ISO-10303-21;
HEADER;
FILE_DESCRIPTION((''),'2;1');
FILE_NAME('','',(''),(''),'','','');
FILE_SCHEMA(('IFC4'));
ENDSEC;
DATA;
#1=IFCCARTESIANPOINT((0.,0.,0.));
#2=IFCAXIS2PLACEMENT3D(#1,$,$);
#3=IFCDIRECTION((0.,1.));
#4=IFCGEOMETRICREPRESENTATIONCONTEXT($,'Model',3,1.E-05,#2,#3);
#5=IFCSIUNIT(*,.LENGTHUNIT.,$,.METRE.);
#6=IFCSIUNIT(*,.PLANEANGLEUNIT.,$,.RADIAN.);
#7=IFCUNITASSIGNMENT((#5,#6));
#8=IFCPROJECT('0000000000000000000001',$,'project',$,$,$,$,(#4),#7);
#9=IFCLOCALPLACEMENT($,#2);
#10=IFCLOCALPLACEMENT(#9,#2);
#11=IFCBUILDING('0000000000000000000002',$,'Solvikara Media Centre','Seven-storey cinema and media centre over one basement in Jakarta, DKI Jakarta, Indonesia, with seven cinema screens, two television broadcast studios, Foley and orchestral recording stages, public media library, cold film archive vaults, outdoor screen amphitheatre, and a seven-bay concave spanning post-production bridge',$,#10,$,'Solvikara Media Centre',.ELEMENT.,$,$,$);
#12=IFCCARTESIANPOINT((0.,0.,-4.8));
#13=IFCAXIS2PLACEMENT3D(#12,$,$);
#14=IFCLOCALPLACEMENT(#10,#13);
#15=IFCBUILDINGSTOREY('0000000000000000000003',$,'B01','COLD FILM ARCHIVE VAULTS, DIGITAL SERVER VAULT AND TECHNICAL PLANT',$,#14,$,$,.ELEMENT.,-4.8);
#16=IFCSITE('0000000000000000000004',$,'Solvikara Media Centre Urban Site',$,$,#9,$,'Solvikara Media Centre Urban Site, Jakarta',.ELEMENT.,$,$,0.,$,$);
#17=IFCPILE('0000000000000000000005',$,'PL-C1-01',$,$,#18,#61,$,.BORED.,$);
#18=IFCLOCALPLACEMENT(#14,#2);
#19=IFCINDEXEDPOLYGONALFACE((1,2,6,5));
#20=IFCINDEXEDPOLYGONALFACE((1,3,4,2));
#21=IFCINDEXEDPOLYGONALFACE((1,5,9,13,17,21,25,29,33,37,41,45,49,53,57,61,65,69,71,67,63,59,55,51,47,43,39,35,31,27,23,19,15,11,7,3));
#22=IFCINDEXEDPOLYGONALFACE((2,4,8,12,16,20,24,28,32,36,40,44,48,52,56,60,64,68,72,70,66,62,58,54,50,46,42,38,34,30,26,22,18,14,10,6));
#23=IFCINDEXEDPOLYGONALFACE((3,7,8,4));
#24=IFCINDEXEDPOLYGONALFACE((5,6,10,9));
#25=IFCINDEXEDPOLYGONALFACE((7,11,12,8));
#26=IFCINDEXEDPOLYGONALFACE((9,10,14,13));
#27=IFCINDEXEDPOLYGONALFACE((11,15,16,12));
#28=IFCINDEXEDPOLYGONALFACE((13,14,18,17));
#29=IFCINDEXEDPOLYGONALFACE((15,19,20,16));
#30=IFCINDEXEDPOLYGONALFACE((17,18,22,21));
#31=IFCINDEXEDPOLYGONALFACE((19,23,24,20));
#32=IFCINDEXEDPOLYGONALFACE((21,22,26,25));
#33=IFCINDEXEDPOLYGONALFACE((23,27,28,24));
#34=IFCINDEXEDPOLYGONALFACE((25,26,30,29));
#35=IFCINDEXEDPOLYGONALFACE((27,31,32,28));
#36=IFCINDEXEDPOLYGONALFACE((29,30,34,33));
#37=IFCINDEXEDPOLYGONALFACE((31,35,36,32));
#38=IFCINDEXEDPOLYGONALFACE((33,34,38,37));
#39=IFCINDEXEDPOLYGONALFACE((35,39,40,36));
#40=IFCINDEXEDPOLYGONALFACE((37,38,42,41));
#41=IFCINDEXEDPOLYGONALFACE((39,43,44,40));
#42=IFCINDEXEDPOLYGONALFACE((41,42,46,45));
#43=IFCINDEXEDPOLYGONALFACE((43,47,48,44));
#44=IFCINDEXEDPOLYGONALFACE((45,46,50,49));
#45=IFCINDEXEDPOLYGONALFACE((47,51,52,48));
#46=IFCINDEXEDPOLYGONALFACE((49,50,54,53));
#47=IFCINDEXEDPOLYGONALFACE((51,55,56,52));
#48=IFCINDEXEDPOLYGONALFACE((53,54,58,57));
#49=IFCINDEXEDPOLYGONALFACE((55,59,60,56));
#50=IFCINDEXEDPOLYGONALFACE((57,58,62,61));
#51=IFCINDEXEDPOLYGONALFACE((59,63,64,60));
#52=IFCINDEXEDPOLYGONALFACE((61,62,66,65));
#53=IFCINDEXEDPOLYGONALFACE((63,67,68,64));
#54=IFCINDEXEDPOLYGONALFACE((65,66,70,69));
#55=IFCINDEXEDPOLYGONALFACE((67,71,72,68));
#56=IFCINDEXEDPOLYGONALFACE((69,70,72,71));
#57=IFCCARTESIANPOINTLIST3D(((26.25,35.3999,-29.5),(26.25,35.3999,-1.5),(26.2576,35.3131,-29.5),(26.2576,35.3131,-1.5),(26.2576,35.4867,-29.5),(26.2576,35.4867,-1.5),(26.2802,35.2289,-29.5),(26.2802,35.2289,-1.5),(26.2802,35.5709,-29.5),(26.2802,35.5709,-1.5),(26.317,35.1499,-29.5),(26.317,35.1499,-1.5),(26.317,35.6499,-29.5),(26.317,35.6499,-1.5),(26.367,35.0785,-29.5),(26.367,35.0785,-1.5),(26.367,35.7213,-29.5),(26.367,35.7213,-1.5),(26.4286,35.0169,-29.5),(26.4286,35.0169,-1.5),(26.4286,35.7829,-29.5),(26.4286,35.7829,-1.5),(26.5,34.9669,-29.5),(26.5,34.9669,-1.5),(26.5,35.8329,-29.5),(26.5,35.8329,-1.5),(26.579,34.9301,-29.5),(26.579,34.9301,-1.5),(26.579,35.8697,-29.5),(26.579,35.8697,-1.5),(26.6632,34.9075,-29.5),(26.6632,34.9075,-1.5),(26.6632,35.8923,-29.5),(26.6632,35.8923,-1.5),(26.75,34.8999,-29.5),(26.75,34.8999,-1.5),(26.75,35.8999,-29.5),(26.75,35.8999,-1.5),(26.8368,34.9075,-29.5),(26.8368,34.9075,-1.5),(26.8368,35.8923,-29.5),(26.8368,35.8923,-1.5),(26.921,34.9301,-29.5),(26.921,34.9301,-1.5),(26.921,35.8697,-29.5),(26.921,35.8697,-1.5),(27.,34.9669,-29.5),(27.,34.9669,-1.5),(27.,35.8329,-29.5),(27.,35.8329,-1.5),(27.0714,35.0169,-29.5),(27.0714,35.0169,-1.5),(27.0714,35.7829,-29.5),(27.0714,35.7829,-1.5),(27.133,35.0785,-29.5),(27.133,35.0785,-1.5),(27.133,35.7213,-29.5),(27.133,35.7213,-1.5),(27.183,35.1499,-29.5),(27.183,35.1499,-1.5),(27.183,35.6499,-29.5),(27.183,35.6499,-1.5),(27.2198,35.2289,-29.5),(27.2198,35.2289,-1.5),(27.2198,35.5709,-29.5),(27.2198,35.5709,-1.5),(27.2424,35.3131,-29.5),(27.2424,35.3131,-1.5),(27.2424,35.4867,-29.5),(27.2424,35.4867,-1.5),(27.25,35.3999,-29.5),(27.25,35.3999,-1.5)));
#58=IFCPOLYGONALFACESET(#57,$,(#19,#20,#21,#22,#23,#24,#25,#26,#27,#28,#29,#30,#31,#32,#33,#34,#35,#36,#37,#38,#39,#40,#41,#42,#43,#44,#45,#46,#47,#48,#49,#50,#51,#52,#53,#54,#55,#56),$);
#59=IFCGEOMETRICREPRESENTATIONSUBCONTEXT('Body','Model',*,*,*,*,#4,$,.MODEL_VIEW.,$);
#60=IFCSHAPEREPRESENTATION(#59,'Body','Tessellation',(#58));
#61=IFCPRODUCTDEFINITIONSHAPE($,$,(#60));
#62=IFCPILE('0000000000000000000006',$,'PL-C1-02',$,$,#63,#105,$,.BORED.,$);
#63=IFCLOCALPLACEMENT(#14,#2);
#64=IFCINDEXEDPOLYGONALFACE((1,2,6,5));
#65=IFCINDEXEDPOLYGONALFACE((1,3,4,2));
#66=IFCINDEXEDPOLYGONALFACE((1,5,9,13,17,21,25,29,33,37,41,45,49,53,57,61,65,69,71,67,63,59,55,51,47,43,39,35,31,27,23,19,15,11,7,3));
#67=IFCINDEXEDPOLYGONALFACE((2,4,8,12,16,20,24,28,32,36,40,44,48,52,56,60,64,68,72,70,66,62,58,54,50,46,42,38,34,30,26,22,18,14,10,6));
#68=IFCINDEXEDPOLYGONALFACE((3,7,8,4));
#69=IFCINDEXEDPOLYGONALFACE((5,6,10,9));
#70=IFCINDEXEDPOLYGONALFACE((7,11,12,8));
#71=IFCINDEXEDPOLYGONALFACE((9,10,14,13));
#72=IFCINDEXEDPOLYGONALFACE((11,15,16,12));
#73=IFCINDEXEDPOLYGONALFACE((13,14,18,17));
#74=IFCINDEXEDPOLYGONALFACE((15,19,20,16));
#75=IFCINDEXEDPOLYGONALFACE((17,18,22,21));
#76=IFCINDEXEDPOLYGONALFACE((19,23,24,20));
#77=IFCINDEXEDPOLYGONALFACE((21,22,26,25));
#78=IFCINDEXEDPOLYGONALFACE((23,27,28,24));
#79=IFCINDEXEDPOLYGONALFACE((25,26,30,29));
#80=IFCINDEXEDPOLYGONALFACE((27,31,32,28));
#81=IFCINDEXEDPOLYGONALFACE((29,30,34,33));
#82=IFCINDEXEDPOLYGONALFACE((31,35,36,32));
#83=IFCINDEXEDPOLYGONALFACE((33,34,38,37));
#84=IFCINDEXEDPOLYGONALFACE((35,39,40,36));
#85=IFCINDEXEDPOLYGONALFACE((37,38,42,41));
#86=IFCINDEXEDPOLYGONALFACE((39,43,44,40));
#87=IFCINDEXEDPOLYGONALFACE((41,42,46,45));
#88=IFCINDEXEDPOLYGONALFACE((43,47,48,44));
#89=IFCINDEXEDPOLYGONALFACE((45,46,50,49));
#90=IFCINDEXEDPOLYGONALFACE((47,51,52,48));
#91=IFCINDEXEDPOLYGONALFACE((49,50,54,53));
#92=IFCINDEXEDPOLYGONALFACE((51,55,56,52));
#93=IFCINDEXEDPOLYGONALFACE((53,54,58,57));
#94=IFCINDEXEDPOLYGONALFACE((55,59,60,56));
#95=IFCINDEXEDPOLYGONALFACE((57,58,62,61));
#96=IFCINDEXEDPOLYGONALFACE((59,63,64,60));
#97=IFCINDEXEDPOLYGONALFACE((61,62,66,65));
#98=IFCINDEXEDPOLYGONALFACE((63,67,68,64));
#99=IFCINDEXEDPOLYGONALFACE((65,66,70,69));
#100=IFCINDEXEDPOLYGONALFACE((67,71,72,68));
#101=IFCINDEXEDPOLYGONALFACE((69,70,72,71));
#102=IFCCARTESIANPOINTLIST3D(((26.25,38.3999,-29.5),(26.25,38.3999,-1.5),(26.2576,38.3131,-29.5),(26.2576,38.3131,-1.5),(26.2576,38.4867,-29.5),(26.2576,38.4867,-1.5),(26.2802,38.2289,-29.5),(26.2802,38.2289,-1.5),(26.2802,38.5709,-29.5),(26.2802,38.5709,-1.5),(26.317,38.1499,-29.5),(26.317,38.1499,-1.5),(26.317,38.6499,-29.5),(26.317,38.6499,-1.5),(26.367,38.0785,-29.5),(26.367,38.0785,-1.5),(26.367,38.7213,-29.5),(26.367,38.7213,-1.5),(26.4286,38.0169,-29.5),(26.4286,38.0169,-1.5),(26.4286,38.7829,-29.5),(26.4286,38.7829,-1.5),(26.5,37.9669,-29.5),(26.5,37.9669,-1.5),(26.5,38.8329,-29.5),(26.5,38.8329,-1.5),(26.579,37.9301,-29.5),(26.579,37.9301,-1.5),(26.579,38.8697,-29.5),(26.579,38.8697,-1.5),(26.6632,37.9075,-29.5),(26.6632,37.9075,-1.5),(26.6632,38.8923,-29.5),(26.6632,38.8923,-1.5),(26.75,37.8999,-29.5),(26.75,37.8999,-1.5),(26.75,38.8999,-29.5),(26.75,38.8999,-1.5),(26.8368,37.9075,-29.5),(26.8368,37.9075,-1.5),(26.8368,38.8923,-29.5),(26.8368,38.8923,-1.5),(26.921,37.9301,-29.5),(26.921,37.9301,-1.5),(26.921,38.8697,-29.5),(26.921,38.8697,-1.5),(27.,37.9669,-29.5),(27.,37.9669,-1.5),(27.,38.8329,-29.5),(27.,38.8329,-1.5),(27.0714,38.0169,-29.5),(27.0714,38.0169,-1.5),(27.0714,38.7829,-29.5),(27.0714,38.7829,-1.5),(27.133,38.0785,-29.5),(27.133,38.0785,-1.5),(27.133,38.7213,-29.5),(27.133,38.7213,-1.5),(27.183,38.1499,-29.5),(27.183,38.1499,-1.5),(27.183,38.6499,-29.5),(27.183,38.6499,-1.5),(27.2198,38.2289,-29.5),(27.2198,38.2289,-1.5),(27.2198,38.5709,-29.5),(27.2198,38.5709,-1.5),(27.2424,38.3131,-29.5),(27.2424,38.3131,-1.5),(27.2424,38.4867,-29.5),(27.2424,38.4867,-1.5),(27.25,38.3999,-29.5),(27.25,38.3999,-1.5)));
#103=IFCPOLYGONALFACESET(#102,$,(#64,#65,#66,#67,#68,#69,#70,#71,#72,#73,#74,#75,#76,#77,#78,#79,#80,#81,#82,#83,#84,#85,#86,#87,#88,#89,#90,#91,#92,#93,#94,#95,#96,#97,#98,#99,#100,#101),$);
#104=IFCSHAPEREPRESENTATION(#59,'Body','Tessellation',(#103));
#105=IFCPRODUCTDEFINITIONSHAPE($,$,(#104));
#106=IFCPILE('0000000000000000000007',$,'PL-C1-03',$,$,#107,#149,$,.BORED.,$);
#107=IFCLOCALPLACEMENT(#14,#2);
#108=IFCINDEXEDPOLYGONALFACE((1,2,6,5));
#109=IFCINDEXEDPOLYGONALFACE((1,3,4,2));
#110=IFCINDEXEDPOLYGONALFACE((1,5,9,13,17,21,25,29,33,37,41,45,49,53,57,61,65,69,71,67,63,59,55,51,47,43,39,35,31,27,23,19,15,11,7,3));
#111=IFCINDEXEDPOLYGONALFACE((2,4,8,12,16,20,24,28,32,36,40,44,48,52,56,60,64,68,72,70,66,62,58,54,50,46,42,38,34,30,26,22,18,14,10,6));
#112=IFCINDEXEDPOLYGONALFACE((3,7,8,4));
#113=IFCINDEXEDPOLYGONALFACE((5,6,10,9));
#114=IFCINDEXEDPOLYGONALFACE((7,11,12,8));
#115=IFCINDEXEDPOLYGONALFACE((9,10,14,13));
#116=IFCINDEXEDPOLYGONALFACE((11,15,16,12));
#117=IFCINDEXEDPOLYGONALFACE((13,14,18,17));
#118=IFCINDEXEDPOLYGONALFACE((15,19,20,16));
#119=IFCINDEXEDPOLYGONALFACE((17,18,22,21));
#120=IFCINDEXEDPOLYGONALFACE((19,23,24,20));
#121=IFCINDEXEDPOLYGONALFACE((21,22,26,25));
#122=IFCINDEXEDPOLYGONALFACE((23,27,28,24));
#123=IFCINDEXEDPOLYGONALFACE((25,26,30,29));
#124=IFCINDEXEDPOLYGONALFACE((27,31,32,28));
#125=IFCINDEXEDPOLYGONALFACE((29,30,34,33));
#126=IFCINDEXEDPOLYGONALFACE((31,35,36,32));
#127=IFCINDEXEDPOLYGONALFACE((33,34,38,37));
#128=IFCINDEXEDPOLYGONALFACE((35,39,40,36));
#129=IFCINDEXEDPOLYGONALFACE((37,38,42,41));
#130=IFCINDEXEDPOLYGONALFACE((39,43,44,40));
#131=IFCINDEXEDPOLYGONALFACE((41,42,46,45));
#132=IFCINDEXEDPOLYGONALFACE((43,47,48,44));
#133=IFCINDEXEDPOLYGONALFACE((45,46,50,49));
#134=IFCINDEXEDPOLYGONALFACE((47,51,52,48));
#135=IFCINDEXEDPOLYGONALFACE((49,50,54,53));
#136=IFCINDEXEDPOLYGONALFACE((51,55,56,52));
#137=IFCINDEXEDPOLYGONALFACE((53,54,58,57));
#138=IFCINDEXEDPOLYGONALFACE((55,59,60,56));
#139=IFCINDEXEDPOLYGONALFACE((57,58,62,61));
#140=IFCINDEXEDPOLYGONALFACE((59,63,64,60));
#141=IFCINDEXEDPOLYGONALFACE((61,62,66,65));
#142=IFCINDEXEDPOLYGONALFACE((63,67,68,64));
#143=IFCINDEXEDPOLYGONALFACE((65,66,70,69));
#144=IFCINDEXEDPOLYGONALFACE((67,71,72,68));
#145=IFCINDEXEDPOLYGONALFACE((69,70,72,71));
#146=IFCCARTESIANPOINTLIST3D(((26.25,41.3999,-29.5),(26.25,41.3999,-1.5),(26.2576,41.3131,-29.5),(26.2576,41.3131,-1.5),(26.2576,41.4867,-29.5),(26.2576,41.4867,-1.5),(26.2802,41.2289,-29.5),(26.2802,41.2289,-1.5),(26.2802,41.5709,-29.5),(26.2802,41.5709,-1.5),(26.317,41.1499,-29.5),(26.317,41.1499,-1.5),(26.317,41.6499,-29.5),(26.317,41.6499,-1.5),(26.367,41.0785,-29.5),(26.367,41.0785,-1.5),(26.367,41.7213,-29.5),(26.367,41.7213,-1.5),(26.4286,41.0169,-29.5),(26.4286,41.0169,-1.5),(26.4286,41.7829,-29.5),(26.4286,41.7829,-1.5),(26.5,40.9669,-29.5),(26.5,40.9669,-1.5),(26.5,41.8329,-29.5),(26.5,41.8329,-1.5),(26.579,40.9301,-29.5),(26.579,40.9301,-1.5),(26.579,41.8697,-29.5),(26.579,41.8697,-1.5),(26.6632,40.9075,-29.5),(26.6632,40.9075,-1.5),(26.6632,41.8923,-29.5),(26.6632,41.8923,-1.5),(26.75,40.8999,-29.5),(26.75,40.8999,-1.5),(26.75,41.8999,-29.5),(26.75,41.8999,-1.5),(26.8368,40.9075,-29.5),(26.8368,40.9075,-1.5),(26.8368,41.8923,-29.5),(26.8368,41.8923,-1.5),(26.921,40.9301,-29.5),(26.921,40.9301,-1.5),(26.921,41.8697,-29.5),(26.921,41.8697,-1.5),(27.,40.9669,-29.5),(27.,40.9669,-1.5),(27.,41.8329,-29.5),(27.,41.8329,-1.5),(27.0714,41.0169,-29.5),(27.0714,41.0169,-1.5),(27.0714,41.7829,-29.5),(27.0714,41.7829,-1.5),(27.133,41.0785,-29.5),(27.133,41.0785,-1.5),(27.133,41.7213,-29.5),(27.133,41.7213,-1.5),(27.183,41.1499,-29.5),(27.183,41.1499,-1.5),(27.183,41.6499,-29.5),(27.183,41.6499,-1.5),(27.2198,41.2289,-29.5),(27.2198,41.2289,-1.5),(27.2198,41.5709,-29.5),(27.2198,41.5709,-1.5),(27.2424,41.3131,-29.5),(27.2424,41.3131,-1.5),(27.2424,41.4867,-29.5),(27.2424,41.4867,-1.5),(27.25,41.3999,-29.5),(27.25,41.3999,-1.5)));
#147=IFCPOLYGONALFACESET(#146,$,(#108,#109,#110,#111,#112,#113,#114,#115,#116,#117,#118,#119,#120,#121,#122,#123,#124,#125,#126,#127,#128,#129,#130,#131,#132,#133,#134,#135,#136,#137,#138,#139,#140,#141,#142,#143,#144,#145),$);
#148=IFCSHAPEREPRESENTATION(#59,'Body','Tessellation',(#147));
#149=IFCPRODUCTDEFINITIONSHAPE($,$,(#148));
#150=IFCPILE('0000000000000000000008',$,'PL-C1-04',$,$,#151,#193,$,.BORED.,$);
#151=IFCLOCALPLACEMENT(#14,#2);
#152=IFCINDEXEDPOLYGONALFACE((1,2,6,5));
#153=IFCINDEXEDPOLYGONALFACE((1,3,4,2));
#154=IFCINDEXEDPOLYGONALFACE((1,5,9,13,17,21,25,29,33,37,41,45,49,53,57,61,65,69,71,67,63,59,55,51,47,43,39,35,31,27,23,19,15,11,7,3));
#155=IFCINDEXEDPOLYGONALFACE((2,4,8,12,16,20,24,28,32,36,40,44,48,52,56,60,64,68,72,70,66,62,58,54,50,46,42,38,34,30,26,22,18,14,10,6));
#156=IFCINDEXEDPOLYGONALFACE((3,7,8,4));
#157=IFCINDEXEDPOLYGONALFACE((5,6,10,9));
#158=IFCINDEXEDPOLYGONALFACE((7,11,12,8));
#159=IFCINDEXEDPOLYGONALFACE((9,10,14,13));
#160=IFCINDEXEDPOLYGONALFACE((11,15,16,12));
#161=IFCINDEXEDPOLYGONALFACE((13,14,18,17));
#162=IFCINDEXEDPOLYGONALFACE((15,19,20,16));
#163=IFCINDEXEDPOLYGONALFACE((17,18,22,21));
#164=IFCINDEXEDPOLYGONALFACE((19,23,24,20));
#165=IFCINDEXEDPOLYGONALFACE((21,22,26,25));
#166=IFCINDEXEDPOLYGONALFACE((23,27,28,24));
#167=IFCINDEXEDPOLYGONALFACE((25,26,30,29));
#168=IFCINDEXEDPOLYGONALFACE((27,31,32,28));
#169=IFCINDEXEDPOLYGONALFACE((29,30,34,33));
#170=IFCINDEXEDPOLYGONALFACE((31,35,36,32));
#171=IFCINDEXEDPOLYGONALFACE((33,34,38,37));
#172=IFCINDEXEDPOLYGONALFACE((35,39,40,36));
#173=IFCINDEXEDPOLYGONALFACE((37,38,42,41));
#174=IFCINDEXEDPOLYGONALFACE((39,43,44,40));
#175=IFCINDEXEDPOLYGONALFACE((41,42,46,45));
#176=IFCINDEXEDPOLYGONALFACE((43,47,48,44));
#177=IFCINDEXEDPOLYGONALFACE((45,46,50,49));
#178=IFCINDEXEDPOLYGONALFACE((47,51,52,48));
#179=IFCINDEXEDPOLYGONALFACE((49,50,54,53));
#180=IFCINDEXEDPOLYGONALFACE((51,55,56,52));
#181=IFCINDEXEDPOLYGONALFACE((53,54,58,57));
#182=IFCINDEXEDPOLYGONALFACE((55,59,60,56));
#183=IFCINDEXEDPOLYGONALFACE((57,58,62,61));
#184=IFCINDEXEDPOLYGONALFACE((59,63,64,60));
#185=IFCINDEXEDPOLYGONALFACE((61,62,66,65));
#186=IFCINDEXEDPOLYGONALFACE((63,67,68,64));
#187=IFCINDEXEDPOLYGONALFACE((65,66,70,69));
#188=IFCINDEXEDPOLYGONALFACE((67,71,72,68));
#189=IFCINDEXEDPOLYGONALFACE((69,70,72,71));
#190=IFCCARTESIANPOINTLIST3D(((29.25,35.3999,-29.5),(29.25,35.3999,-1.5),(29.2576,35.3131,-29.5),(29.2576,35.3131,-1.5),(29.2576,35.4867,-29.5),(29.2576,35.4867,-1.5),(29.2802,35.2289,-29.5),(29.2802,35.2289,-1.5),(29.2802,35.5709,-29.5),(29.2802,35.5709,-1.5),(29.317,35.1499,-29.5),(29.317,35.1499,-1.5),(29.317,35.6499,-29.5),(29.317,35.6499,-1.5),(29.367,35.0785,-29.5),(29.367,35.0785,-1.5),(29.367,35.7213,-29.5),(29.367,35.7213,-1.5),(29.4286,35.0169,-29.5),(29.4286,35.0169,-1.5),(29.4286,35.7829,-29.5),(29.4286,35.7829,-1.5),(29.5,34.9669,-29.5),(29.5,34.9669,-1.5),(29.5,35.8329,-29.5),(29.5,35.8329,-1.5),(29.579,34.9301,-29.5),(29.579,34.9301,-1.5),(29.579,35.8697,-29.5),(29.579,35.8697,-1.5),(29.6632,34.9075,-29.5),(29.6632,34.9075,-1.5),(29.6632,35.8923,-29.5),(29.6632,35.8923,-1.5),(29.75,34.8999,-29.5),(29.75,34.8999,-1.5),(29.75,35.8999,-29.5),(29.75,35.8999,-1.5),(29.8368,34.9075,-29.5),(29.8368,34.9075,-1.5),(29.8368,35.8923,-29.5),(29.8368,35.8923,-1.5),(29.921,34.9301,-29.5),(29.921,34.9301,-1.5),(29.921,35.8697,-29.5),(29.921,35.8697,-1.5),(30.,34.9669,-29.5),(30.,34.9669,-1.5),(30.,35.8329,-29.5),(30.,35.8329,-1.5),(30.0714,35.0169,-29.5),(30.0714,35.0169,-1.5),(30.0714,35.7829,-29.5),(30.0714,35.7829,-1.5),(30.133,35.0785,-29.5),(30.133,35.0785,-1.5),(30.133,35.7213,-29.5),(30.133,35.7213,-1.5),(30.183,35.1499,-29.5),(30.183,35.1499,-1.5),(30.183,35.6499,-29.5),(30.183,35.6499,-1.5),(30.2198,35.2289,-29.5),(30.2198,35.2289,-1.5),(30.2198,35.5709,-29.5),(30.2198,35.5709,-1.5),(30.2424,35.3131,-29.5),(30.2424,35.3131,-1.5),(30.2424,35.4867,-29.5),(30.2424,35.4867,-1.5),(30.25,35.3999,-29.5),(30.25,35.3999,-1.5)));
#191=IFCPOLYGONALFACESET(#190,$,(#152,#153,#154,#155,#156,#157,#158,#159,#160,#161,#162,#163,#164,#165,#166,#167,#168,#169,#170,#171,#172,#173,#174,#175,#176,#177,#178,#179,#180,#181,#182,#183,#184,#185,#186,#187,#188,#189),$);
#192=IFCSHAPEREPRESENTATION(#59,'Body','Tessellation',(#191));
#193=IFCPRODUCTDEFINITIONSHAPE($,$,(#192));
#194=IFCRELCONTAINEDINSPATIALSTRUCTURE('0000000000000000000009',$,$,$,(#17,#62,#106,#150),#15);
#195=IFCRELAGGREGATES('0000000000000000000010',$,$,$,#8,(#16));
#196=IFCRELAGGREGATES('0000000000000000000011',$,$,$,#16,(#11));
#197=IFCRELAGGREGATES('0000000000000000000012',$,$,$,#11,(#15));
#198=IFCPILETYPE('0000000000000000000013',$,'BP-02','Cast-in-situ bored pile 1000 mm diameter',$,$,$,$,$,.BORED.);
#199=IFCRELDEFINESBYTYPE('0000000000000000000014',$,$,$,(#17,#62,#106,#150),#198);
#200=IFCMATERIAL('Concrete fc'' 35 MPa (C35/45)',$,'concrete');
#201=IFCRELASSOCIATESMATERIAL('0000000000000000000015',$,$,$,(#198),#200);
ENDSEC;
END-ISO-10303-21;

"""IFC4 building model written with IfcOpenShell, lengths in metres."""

from ifc_helpers import new_model, si_unit, direction, frame, origin, origin_2d, place, context, subcontext, project, spatial, circle, extrude, material, material_profile, profile_set, type_object, element, save


model = new_model("IFC4")

# Units and contexts
model_context = context("Model", 3, precision=1e-05, world=origin(), true_north=direction((0.0, 1.0)))
body_context = subcontext(model_context, "Body", "Model", "MODEL_VIEW")
ifc_project = project(units=[si_unit("LENGTHUNIT", "METRE"), si_unit("PLANEANGLEUNIT", "RADIAN")], contexts=[model_context])

# Site, building, storey
site_placement = place(None, origin())
site = spatial("IfcSite", under=ifc_project, at=site_placement, Name="Solvikara Media Centre Urban Site", LongName="Solvikara Media Centre Urban Site, Jakarta", CompositionType="ELEMENT", RefElevation=0.0)
building_placement = place(site_placement, origin())
building = spatial("IfcBuilding", under=site, at=building_placement, Name="Solvikara Media Centre", Description="Seven-storey cinema and media centre over one basement in Jakarta, DKI Jakarta, Indonesia, with seven cinema screens, two television broadcast studios, Foley and orchestral recording stages, public media library, cold film archive vaults, outdoor screen amphitheatre, and a seven-bay concave spanning post-production bridge", LongName="Solvikara Media Centre", CompositionType="ELEMENT")
storey_placement = place(building_placement, frame((0.0, 0.0, -4.8)))
storey = spatial("IfcBuildingStorey", under=building, at=storey_placement, Name="B01", Description="COLD FILM ARCHIVE VAULTS, DIGITAL SERVER VAULT AND TECHNICAL PLANT", CompositionType="ELEMENT", Elevation=-4.8)

# Piles
ifc_material_1 = material(Name="Concrete fc' 35 MPa (C35/45)", Category="concrete")
ifc_material_profile_1 = material_profile(ifc_material_1, circle(Radius=0.5, at=origin_2d()), Name="BORED PILE D1000")
ifc_profile_set_1 = profile_set([ifc_material_profile_1], Name="Concrete fc' 35 MPa (C35/45)")
pile_type = type_object("IfcPileType", Name="BP-02", Description="Cast-in-situ bored pile 1000 mm diameter", PredefinedType="BORED", material=ifc_profile_set_1)
for number, where, z_axis, x_axis, name in (
    (1, (26.75, 35.3999, -1.5), (0.0, 0.0, -1.0), (1.0, 0.0, 0.0), "PL-C1-01"),
    (2, (26.75, 38.3999, -1.5), (0.0, 0.0, -1.0), (1.0, 0.0, 0.0), "PL-C1-02"),
    (3, (26.75, 41.3999, -1.5), (0.0, 0.0, -1.0), (1.0, 0.0, 0.0), "PL-C1-03"),
    (4, (29.75, 35.3999, -1.5), (0.0, 0.0, -1.0), (1.0, 0.0, 0.0), "PL-C1-04"),
):
    element("IfcPile", number, at=place(storey_placement, frame(where, z_axis=z_axis, x_axis=x_axis)), inside=storey, type_object=pile_type, Name=name, PredefinedType="BORED", context=body_context, shape_type="SweptSolid", body=[
        extrude(circle(Radius=0.5, at=origin_2d()), origin(), (0.0, 0.0, 1.0), 28.0),
    ])

save(model, "model.ifc")
